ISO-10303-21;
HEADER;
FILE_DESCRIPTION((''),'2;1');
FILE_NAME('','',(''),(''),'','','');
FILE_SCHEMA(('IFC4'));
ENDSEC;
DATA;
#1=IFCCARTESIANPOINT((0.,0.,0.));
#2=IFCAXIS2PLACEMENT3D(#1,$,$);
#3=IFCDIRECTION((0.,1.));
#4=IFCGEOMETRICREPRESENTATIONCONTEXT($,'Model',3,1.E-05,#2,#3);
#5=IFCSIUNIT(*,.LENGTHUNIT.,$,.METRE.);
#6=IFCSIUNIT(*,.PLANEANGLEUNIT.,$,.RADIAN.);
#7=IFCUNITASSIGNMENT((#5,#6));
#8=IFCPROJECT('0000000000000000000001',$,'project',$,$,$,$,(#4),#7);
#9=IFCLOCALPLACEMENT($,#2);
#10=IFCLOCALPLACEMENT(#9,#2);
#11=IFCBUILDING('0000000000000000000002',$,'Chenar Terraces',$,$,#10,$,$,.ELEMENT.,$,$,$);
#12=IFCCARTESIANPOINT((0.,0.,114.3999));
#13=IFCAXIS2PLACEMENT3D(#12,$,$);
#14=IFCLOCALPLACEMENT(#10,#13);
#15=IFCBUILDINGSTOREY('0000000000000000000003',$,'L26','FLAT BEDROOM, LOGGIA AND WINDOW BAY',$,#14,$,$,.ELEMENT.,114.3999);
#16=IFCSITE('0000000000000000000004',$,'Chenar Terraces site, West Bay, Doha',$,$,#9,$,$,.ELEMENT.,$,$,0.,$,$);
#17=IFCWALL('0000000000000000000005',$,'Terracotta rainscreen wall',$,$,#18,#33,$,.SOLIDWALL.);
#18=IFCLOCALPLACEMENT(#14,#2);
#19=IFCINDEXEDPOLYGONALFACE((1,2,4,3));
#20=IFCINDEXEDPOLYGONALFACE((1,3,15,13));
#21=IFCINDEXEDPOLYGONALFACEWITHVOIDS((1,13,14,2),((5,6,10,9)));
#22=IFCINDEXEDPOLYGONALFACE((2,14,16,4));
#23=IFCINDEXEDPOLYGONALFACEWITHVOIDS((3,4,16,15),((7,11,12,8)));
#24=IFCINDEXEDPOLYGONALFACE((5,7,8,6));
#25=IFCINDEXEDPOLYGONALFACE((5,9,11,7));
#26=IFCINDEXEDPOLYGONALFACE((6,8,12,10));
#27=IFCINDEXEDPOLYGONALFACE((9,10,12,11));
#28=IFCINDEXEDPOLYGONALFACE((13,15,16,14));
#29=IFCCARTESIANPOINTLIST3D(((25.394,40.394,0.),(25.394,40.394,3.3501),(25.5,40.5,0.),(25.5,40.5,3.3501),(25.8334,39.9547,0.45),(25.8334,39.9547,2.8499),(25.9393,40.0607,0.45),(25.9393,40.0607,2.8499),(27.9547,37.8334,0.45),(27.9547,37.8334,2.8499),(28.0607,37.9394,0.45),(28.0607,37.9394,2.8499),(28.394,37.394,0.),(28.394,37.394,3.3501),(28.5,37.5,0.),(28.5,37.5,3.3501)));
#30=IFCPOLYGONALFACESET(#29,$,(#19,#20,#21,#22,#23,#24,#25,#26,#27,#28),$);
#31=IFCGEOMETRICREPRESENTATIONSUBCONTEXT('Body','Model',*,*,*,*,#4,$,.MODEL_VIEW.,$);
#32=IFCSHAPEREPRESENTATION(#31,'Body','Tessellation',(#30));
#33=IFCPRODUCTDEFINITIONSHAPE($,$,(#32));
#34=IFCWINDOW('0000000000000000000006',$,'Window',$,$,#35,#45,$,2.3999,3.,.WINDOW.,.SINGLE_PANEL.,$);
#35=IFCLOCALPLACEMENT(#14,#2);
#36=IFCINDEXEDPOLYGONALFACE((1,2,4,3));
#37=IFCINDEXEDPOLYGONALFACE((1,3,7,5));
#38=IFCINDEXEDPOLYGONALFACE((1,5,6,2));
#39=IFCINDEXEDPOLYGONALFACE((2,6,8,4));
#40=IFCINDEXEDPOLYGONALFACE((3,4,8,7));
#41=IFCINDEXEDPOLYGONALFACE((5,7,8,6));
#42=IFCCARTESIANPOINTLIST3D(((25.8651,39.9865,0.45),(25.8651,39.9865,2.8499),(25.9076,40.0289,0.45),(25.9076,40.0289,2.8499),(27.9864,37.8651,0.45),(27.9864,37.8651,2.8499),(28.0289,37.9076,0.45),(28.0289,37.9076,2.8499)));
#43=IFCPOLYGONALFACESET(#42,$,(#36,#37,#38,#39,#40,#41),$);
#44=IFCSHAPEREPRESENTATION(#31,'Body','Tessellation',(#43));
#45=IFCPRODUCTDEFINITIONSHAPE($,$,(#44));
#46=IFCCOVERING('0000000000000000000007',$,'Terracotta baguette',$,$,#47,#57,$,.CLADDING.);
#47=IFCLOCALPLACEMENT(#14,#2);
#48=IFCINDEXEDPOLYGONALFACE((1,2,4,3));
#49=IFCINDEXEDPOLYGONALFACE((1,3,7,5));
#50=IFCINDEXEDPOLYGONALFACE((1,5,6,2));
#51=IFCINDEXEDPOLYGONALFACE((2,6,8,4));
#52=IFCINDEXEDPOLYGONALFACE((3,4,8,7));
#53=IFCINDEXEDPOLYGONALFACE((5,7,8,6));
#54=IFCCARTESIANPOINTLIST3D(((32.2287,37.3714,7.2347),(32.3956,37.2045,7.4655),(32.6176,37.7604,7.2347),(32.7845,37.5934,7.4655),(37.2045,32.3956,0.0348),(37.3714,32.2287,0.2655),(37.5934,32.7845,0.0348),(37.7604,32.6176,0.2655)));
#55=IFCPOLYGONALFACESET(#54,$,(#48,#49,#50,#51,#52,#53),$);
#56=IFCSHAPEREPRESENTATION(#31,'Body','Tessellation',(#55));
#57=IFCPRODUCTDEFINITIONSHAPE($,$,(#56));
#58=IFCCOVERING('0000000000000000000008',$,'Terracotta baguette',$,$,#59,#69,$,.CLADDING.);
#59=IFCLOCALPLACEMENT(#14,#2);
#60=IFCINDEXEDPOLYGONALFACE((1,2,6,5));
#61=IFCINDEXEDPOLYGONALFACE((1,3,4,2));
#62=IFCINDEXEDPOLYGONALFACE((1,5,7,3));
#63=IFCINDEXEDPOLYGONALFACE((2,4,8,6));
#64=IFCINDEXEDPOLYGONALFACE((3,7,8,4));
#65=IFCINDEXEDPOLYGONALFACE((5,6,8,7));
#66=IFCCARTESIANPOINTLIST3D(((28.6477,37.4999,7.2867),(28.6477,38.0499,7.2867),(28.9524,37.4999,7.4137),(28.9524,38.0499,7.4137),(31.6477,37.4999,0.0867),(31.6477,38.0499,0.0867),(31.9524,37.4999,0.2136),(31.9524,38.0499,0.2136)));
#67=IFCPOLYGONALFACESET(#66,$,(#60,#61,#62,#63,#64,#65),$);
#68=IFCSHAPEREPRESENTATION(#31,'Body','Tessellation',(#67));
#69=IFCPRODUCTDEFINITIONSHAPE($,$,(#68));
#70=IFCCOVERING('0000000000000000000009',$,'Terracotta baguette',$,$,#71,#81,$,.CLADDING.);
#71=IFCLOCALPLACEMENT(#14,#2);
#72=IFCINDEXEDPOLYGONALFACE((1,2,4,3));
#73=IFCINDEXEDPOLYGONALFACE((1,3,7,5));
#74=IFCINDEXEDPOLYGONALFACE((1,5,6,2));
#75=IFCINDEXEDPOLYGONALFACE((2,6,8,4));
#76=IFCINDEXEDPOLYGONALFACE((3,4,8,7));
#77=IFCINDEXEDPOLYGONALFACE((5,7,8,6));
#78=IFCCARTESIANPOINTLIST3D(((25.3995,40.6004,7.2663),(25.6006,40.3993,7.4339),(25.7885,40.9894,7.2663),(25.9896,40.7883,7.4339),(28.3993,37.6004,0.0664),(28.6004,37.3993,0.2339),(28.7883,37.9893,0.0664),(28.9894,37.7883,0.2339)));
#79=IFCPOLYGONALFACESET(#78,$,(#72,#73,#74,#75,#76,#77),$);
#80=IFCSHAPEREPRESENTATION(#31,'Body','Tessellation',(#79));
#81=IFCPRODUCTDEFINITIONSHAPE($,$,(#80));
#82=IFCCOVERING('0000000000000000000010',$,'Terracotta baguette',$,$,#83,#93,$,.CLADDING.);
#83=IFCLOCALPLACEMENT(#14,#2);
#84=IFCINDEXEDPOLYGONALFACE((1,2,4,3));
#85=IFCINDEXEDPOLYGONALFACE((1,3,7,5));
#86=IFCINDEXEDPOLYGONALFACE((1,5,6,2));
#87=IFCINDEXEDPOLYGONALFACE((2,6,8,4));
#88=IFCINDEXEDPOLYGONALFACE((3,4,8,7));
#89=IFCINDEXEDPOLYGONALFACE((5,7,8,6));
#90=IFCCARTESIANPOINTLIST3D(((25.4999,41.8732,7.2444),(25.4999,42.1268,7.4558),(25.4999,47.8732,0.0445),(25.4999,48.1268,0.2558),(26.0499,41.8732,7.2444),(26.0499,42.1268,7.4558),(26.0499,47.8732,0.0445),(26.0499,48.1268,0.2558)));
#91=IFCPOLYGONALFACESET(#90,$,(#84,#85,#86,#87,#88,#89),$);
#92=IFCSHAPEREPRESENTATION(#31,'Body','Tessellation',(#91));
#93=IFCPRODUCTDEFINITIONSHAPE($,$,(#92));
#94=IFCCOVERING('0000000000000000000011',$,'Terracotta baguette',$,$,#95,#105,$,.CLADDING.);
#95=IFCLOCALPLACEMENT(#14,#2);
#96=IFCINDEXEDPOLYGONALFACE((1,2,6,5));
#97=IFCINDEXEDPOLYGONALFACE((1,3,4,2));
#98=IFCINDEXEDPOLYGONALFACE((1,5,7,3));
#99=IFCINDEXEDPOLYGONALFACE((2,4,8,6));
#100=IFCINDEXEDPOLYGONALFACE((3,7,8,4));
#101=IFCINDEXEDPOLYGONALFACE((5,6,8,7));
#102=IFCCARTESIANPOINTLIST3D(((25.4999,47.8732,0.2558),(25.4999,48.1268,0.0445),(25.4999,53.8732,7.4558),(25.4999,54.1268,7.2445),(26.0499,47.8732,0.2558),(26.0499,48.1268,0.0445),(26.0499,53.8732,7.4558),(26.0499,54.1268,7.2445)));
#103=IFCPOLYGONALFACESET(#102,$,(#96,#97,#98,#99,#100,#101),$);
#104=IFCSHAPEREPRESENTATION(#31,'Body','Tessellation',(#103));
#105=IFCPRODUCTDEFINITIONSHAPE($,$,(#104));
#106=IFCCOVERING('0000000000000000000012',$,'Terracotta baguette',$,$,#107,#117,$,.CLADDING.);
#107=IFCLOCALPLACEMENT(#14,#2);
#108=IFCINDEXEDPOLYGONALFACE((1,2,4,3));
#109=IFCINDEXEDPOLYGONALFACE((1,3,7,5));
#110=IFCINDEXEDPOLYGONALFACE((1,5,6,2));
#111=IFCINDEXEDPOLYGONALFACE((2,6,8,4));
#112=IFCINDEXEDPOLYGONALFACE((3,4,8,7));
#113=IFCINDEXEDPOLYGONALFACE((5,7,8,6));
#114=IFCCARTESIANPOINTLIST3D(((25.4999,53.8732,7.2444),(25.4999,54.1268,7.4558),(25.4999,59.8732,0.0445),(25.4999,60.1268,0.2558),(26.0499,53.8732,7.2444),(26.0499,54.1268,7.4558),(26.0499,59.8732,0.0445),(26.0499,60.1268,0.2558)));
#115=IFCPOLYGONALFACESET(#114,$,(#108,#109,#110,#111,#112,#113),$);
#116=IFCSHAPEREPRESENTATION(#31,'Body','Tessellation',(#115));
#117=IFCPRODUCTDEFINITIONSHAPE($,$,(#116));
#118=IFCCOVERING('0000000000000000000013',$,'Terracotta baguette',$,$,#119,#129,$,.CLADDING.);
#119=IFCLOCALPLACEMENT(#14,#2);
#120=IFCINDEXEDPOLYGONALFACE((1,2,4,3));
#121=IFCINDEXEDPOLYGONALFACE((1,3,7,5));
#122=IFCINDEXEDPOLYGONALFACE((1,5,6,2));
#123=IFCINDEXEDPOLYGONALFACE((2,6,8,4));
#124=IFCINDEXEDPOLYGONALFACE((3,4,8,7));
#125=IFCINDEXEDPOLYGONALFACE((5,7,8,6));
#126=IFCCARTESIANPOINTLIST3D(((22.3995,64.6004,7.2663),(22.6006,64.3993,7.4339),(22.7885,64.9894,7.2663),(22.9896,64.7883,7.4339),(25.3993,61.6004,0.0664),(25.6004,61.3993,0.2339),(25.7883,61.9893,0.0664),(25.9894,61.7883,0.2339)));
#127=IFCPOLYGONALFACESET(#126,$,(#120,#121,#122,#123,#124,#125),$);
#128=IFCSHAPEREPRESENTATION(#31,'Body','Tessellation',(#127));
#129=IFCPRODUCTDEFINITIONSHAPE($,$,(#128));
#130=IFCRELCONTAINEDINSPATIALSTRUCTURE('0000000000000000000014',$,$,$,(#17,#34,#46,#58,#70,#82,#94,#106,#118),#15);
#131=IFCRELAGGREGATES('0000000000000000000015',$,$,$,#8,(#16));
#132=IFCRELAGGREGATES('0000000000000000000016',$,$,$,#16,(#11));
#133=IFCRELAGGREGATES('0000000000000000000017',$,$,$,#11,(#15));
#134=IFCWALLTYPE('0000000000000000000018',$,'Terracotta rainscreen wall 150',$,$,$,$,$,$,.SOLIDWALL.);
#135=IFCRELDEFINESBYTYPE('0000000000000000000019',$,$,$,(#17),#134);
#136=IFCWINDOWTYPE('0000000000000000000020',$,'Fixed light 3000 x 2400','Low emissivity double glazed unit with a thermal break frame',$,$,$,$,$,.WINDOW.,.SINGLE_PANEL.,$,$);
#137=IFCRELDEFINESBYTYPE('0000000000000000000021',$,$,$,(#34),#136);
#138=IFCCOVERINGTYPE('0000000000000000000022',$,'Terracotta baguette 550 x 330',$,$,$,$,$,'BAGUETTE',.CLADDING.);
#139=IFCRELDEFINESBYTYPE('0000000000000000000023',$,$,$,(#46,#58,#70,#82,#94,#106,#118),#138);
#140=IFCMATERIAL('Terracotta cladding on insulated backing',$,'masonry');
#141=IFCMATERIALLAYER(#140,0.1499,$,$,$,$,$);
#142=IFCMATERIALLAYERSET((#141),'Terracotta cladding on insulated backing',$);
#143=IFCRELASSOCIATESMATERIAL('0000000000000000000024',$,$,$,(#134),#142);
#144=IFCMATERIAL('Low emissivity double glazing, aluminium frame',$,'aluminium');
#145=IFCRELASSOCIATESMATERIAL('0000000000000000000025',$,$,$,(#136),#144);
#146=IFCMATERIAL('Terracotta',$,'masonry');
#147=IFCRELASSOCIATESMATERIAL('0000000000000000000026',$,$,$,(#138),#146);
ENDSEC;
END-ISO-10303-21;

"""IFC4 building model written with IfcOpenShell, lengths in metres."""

from ifc_helpers import new_model, si_unit, direction, frame, frame_2d, origin, origin_2d, place, context, subcontext, project, spatial, rectangle, extrude, material, layer, layer_set, material_profile, profile_set, type_object, element, fill, save


model = new_model("IFC4")

# Units and contexts
model_context = context("Model", 3, precision=1e-05, world=origin(), true_north=direction((0.0, 1.0)))
body_context = subcontext(model_context, "Body", "Model", "MODEL_VIEW")
ifc_project = project(units=[si_unit("LENGTHUNIT", "METRE"), si_unit("PLANEANGLEUNIT", "RADIAN")], contexts=[model_context])

# Site, building, storey
site_placement = place(None, origin())
site = spatial("IfcSite", under=ifc_project, at=site_placement, Name="Chenar Terraces site, West Bay, Doha", CompositionType="ELEMENT", RefElevation=0.0)
building_placement = place(site_placement, origin())
building = spatial("IfcBuilding", under=site, at=building_placement, Name="Chenar Terraces", CompositionType="ELEMENT")
storey_placement = place(building_placement, frame((0.0, 0.0, 114.3999)))
storey = spatial("IfcBuildingStorey", under=building, at=storey_placement, Name="L26", Description="FLAT BEDROOM, LOGGIA AND WINDOW BAY", CompositionType="ELEMENT", Elevation=114.3999)

# Wall, opening, window
ifc_material_1 = material(Name="Terracotta cladding on insulated backing", Category="masonry")
ifc_layer_1 = layer(ifc_material_1, 0.1499)
ifc_layer_set_1 = layer_set([ifc_layer_1], Name="Terracotta cladding on insulated backing")
wall_type_1 = type_object("IfcWallType", Name="Terracotta rainscreen wall 150", PredefinedType="SOLIDWALL", material=ifc_layer_set_1)
wall_placement = place(storey_placement, frame((28.447, 37.447, 0.0), z_axis=(0.0, 0.0, 1.0), x_axis=(-0.707107, 0.707107, 0.0)))
wall = element("IfcWall", 1, at=wall_placement, inside=storey, type_object=wall_type_1, Name="Terracotta rainscreen wall", PredefinedType="SOLIDWALL", context=body_context, shape_type="SweptSolid", body=[
    extrude(rectangle(XDim=4.2427, YDim=0.1499, at=frame_2d((2.1213, 0.0))), origin(), (0.0, 0.0, 1.0), 3.3501),
])
opening_placement = place(wall_placement, frame((0.6213, 0.0, 0.45)))
opening = element("IfcOpeningElement", 2, at=opening_placement, cuts=wall, PredefinedType="OPENING", context=body_context, shape_type="SweptSolid", body=[
    extrude(rectangle(XDim=3.0, YDim=2.3999, at=frame_2d((1.5, 1.2))), frame((0.0, 0.085, 0.0), z_axis=(0.0, -1.0, 0.0), x_axis=(1.0, 0.0, 0.0)), (0.0, 0.0, 1.0), 0.1699),
])
ifc_material_2 = material(Name="Low emissivity double glazing, aluminium frame", Category="aluminium")
window_type = type_object("IfcWindowType", Name="Fixed light 3000 x 2400", Description="Low emissivity double glazed unit with a thermal break frame", PartitioningType="SINGLE_PANEL", PredefinedType="WINDOW", material=ifc_material_2)
window_placement = place(opening_placement, origin())
window = element("IfcWindow", 3, at=window_placement, inside=storey, type_object=window_type, Name="Window", OverallHeight=2.3999, OverallWidth=3.0, PartitioningType="SINGLE_PANEL", PredefinedType="WINDOW", context=body_context, shape_type="SweptSolid", body=[
    extrude(rectangle(XDim=3.0, YDim=2.3999, at=frame_2d((1.5, 1.2))), frame((0.0, 0.03, 0.0), z_axis=(0.0, -1.0, 0.0), x_axis=(1.0, 0.0, 0.0)), (0.0, 0.0, 1.0), 0.0601),
])
fill(opening, window)

# Coverings
ifc_material_3 = material(Name="Terracotta", Category="masonry")
ifc_material_profile_1 = material_profile(ifc_material_3, rectangle(XDim=0.55, YDim=0.3301, at=origin_2d()), Name="Terracotta baguette 550 x 330")
ifc_profile_set_1 = profile_set([ifc_material_profile_1], Name="Terracotta")
covering_type = type_object("IfcCoveringType", Name="Terracotta baguette 550 x 330", ElementType="BAGUETTE", PredefinedType="CLADDING", material=ifc_profile_set_1)
covering_1_placement = place(storey_placement, frame((37.4824, 32.5066, 0.1501), z_axis=(-0.494241, 0.494241, 0.715159), x_axis=(-0.707107, -0.707107, 0.0)))
element("IfcCovering", 4, at=covering_1_placement, inside=storey, type_object=covering_type, Name="Terracotta baguette", PredefinedType="CLADDING", context=body_context, shape_type="SweptSolid", body=[
    extrude(rectangle(XDim=0.55, YDim=0.3301, at=origin_2d()), origin(), (0.0, 0.0, 1.0), 10.0676),
])
covering_2_placement = place(storey_placement, frame((31.8, 37.7749, 0.1501), z_axis=(-0.384618, 0.0, 0.923076), x_axis=(0.0, -1.0, 0.0)))
element("IfcCovering", 5, at=covering_2_placement, inside=storey, type_object=covering_type, Name="Terracotta baguette", PredefinedType="CLADDING", context=body_context, shape_type="SweptSolid", body=[
    extrude(rectangle(XDim=0.55, YDim=0.3301, at=origin_2d()), origin(), (0.0, 0.0, 1.0), 7.8),
])
covering_3_placement = place(storey_placement, frame((28.6943, 37.6943, 0.1501), z_axis=(-0.358955, 0.358985, 0.861557), x_axis=(-0.707136, -0.707078, 0.0)))
element("IfcCovering", 6, at=covering_3_placement, inside=storey, type_object=covering_type, Name="Terracotta baguette", PredefinedType="CLADDING", context=body_context, shape_type="SweptSolid", body=[
    extrude(rectangle(XDim=0.55, YDim=0.3301, at=origin_2d()), origin(), (0.0, 0.0, 1.0), 8.3569),
])
for number, where, z_axis, x_axis, name in (
    (7, (25.7749, 42.0, 7.3501), (0.0, 0.640187, -0.768219), (-1.0, 0.0, 0.0), "Terracotta baguette"),
    (8, (25.7749, 48.0, 0.1501), (0.0, 0.640187, 0.768219), (-1.0, 0.0, 0.0), "Terracotta baguette"),
    (9, (25.7749, 54.0, 7.3501), (0.0, 0.640187, -0.768219), (-1.0, 0.0, 0.0), "Terracotta baguette"),
):
    element("IfcCovering", number, at=place(storey_placement, frame(where, z_axis=z_axis, x_axis=x_axis)), inside=storey, type_object=covering_type, Name=name, PredefinedType="CLADDING", context=body_context, shape_type="SweptSolid", body=[
        extrude(rectangle(XDim=0.55, YDim=0.3301, at=origin_2d()), origin(), (0.0, 0.0, 1.0), 9.3723),
    ])
covering_4_placement = place(storey_placement, frame((25.6943, 61.6943, 0.1501), z_axis=(-0.358955, 0.358985, 0.861557), x_axis=(-0.707136, -0.707078, 0.0)))
element("IfcCovering", 10, at=covering_4_placement, inside=storey, type_object=covering_type, Name="Terracotta baguette", PredefinedType="CLADDING", context=body_context, shape_type="SweptSolid", body=[
    extrude(rectangle(XDim=0.55, YDim=0.3301, at=origin_2d()), origin(), (0.0, 0.0, 1.0), 8.3569),
])

save(model, "model.ifc")
